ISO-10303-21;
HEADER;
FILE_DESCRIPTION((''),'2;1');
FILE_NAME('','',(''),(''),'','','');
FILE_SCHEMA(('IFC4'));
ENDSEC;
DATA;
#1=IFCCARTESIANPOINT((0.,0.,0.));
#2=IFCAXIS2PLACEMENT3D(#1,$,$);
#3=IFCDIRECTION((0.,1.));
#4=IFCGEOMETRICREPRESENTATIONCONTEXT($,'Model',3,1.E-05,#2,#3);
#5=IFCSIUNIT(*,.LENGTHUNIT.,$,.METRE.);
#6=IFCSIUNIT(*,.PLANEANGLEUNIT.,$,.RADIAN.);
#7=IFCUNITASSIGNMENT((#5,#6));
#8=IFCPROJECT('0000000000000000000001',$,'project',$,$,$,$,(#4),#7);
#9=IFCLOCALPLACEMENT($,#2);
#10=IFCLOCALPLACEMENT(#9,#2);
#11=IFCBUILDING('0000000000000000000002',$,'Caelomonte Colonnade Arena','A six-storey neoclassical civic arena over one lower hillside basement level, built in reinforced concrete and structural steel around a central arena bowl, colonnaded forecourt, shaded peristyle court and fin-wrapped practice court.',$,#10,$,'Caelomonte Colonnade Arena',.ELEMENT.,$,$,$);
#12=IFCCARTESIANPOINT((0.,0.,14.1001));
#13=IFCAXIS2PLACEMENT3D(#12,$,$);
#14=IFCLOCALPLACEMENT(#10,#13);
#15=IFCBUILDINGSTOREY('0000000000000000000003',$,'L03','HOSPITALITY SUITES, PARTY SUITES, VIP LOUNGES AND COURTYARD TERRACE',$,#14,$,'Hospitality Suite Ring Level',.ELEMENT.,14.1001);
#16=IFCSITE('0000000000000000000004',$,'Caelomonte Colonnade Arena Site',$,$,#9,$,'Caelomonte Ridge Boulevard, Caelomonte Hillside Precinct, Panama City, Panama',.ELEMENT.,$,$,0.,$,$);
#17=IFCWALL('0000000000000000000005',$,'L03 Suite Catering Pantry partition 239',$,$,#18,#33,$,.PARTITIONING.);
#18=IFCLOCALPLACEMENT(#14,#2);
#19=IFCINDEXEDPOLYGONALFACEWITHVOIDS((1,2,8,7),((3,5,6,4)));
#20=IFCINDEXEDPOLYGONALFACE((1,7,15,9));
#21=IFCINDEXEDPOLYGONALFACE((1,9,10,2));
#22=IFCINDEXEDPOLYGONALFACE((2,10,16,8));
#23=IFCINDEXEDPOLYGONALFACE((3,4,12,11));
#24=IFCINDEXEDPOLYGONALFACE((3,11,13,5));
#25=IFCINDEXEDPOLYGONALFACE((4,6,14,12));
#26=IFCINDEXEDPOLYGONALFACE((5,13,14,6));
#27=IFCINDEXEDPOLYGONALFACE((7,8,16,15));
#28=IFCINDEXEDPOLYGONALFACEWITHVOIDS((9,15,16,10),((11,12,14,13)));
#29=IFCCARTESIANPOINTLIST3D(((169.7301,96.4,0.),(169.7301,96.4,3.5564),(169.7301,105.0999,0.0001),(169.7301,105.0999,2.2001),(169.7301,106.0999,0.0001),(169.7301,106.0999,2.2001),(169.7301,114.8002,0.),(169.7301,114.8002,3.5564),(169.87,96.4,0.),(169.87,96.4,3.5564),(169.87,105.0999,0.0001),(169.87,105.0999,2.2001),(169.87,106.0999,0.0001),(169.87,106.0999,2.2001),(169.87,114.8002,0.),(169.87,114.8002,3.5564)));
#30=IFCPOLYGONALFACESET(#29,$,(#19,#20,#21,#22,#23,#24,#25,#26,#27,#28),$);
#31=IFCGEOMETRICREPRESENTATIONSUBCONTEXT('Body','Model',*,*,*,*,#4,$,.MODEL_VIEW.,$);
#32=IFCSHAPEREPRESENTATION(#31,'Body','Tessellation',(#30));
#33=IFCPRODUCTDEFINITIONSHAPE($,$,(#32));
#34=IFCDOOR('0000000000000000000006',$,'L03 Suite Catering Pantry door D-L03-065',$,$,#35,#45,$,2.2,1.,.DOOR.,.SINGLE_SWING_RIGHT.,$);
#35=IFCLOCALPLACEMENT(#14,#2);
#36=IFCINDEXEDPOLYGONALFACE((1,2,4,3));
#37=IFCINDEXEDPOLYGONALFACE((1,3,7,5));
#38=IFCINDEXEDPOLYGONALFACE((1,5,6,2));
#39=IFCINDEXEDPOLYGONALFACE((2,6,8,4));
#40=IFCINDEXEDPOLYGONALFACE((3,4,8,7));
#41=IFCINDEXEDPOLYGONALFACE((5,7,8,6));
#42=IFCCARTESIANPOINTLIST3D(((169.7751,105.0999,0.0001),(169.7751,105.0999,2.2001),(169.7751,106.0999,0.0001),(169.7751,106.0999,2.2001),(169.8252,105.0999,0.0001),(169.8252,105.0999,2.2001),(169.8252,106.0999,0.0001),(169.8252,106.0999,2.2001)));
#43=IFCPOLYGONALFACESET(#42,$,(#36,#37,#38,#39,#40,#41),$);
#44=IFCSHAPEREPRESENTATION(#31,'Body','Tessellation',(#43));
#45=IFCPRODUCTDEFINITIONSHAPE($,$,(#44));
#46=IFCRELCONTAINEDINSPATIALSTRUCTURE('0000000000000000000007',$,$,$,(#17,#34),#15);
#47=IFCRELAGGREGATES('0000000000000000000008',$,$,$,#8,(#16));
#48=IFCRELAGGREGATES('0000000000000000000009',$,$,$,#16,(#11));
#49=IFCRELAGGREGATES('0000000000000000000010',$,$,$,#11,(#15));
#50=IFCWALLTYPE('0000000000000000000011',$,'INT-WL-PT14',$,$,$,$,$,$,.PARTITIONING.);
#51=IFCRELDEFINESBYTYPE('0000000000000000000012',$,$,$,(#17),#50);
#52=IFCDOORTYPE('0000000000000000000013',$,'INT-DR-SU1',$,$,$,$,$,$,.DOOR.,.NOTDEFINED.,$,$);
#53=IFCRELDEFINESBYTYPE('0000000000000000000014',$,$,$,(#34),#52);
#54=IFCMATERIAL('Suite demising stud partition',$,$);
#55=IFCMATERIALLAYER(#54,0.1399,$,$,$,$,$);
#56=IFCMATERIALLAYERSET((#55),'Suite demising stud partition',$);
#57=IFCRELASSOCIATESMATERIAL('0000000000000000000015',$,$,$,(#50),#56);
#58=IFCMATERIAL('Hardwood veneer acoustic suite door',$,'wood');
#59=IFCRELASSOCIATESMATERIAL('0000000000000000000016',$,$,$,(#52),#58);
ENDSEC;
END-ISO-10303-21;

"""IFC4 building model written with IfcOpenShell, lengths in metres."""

from ifc_helpers import new_model, si_unit, direction, frame, frame_2d, origin, place, context, subcontext, project, spatial, rectangle, extrude, material, layer, layer_set, type_object, element, fill, save


model = new_model("IFC4")

# Units and contexts
model_context = context("Model", 3, precision=1e-05, world=origin(), true_north=direction((0.0, 1.0)))
body_context = subcontext(model_context, "Body", "Model", "MODEL_VIEW")
ifc_project = project(units=[si_unit("LENGTHUNIT", "METRE"), si_unit("PLANEANGLEUNIT", "RADIAN")], contexts=[model_context])

# Site, building, storey
site_placement = place(None, origin())
site = spatial("IfcSite", under=ifc_project, at=site_placement, Name="Caelomonte Colonnade Arena Site", LongName="Caelomonte Ridge Boulevard, Caelomonte Hillside Precinct, Panama City, Panama", CompositionType="ELEMENT", RefElevation=0.0)
building_placement = place(site_placement, origin())
building = spatial("IfcBuilding", under=site, at=building_placement, Name="Caelomonte Colonnade Arena", Description="A six-storey neoclassical civic arena over one lower hillside basement level, built in reinforced concrete and structural steel around a central arena bowl, colonnaded forecourt, shaded peristyle court and fin-wrapped practice court.", LongName="Caelomonte Colonnade Arena", CompositionType="ELEMENT")
storey_placement = place(building_placement, frame((0.0, 0.0, 14.1001)))
storey = spatial("IfcBuildingStorey", under=building, at=storey_placement, Name="L03", Description="HOSPITALITY SUITES, PARTY SUITES, VIP LOUNGES AND COURTYARD TERRACE", LongName="Hospitality Suite Ring Level", CompositionType="ELEMENT", Elevation=14.1001)

# Shared definitions
ifc_material_1 = material(Name="Suite demising stud partition")
ifc_layer_1 = layer(ifc_material_1, 0.1399)
ifc_layer_set_1 = layer_set([ifc_layer_1], Name="Suite demising stud partition")
wall_type_1 = type_object("IfcWallType", Name="INT-WL-PT14", PredefinedType="PARTITIONING", material=ifc_layer_set_1)

# Wall, opening, door
wall_1_placement = place(storey_placement, frame((169.8, 96.3999, 0.0), z_axis=(0.0, 0.0, 1.0), x_axis=(0.0, 1.0, 0.0)))
wall_1 = element("IfcWall", 1, at=wall_1_placement, inside=storey, type_object=wall_type_1, Name="L03 Suite Catering Pantry partition 239", PredefinedType="PARTITIONING", context=body_context, shape_type="SweptSolid", body=[
    extrude(rectangle(XDim=18.4001, YDim=0.1399, at=frame_2d((9.2002, 0.0))), origin(), (0.0, 0.0, 1.0), 3.5564),
])
opening_placement = place(wall_1_placement, frame((8.7, 0.0, 0.0), z_axis=(0.0, 0.0, 1.0), x_axis=(1.0, 0.0, 0.0)))
opening = element("IfcOpeningElement", 2, at=opening_placement, cuts=wall_1, PredefinedType="OPENING", context=body_context, shape_type="SweptSolid", body=[
    extrude(rectangle(XDim=1.0, YDim=2.2, at=frame_2d((0.5, 1.1001))), frame((0.0, 0.0798, 0.0), z_axis=(0.0, -1.0, 0.0), x_axis=(1.0, 0.0, 0.0)), (0.0, 0.0, 1.0), 0.1599),
])
ifc_material_2 = material(Name="Hardwood veneer acoustic suite door", Category="wood")
door_type = type_object("IfcDoorType", Name="INT-DR-SU1", OperationType="NOTDEFINED", PredefinedType="DOOR", material=ifc_material_2)
door_placement = place(opening_placement, origin())
door = element("IfcDoor", 3, at=door_placement, inside=storey, type_object=door_type, Name="L03 Suite Catering Pantry door D-L03-065", OperationType="SINGLE_SWING_RIGHT", OverallHeight=2.2, OverallWidth=1.0, PredefinedType="DOOR", context=body_context, shape_type="SweptSolid", body=[
    extrude(rectangle(XDim=1.0, YDim=2.2, at=frame_2d((0.5, 1.1001))), frame((0.0, 0.0249, 0.0), z_axis=(0.0, -1.0, 0.0), x_axis=(1.0, 0.0, 0.0)), (0.0, 0.0, 1.0), 0.05),
])
fill(opening, door)

save(model, "model.ifc")
